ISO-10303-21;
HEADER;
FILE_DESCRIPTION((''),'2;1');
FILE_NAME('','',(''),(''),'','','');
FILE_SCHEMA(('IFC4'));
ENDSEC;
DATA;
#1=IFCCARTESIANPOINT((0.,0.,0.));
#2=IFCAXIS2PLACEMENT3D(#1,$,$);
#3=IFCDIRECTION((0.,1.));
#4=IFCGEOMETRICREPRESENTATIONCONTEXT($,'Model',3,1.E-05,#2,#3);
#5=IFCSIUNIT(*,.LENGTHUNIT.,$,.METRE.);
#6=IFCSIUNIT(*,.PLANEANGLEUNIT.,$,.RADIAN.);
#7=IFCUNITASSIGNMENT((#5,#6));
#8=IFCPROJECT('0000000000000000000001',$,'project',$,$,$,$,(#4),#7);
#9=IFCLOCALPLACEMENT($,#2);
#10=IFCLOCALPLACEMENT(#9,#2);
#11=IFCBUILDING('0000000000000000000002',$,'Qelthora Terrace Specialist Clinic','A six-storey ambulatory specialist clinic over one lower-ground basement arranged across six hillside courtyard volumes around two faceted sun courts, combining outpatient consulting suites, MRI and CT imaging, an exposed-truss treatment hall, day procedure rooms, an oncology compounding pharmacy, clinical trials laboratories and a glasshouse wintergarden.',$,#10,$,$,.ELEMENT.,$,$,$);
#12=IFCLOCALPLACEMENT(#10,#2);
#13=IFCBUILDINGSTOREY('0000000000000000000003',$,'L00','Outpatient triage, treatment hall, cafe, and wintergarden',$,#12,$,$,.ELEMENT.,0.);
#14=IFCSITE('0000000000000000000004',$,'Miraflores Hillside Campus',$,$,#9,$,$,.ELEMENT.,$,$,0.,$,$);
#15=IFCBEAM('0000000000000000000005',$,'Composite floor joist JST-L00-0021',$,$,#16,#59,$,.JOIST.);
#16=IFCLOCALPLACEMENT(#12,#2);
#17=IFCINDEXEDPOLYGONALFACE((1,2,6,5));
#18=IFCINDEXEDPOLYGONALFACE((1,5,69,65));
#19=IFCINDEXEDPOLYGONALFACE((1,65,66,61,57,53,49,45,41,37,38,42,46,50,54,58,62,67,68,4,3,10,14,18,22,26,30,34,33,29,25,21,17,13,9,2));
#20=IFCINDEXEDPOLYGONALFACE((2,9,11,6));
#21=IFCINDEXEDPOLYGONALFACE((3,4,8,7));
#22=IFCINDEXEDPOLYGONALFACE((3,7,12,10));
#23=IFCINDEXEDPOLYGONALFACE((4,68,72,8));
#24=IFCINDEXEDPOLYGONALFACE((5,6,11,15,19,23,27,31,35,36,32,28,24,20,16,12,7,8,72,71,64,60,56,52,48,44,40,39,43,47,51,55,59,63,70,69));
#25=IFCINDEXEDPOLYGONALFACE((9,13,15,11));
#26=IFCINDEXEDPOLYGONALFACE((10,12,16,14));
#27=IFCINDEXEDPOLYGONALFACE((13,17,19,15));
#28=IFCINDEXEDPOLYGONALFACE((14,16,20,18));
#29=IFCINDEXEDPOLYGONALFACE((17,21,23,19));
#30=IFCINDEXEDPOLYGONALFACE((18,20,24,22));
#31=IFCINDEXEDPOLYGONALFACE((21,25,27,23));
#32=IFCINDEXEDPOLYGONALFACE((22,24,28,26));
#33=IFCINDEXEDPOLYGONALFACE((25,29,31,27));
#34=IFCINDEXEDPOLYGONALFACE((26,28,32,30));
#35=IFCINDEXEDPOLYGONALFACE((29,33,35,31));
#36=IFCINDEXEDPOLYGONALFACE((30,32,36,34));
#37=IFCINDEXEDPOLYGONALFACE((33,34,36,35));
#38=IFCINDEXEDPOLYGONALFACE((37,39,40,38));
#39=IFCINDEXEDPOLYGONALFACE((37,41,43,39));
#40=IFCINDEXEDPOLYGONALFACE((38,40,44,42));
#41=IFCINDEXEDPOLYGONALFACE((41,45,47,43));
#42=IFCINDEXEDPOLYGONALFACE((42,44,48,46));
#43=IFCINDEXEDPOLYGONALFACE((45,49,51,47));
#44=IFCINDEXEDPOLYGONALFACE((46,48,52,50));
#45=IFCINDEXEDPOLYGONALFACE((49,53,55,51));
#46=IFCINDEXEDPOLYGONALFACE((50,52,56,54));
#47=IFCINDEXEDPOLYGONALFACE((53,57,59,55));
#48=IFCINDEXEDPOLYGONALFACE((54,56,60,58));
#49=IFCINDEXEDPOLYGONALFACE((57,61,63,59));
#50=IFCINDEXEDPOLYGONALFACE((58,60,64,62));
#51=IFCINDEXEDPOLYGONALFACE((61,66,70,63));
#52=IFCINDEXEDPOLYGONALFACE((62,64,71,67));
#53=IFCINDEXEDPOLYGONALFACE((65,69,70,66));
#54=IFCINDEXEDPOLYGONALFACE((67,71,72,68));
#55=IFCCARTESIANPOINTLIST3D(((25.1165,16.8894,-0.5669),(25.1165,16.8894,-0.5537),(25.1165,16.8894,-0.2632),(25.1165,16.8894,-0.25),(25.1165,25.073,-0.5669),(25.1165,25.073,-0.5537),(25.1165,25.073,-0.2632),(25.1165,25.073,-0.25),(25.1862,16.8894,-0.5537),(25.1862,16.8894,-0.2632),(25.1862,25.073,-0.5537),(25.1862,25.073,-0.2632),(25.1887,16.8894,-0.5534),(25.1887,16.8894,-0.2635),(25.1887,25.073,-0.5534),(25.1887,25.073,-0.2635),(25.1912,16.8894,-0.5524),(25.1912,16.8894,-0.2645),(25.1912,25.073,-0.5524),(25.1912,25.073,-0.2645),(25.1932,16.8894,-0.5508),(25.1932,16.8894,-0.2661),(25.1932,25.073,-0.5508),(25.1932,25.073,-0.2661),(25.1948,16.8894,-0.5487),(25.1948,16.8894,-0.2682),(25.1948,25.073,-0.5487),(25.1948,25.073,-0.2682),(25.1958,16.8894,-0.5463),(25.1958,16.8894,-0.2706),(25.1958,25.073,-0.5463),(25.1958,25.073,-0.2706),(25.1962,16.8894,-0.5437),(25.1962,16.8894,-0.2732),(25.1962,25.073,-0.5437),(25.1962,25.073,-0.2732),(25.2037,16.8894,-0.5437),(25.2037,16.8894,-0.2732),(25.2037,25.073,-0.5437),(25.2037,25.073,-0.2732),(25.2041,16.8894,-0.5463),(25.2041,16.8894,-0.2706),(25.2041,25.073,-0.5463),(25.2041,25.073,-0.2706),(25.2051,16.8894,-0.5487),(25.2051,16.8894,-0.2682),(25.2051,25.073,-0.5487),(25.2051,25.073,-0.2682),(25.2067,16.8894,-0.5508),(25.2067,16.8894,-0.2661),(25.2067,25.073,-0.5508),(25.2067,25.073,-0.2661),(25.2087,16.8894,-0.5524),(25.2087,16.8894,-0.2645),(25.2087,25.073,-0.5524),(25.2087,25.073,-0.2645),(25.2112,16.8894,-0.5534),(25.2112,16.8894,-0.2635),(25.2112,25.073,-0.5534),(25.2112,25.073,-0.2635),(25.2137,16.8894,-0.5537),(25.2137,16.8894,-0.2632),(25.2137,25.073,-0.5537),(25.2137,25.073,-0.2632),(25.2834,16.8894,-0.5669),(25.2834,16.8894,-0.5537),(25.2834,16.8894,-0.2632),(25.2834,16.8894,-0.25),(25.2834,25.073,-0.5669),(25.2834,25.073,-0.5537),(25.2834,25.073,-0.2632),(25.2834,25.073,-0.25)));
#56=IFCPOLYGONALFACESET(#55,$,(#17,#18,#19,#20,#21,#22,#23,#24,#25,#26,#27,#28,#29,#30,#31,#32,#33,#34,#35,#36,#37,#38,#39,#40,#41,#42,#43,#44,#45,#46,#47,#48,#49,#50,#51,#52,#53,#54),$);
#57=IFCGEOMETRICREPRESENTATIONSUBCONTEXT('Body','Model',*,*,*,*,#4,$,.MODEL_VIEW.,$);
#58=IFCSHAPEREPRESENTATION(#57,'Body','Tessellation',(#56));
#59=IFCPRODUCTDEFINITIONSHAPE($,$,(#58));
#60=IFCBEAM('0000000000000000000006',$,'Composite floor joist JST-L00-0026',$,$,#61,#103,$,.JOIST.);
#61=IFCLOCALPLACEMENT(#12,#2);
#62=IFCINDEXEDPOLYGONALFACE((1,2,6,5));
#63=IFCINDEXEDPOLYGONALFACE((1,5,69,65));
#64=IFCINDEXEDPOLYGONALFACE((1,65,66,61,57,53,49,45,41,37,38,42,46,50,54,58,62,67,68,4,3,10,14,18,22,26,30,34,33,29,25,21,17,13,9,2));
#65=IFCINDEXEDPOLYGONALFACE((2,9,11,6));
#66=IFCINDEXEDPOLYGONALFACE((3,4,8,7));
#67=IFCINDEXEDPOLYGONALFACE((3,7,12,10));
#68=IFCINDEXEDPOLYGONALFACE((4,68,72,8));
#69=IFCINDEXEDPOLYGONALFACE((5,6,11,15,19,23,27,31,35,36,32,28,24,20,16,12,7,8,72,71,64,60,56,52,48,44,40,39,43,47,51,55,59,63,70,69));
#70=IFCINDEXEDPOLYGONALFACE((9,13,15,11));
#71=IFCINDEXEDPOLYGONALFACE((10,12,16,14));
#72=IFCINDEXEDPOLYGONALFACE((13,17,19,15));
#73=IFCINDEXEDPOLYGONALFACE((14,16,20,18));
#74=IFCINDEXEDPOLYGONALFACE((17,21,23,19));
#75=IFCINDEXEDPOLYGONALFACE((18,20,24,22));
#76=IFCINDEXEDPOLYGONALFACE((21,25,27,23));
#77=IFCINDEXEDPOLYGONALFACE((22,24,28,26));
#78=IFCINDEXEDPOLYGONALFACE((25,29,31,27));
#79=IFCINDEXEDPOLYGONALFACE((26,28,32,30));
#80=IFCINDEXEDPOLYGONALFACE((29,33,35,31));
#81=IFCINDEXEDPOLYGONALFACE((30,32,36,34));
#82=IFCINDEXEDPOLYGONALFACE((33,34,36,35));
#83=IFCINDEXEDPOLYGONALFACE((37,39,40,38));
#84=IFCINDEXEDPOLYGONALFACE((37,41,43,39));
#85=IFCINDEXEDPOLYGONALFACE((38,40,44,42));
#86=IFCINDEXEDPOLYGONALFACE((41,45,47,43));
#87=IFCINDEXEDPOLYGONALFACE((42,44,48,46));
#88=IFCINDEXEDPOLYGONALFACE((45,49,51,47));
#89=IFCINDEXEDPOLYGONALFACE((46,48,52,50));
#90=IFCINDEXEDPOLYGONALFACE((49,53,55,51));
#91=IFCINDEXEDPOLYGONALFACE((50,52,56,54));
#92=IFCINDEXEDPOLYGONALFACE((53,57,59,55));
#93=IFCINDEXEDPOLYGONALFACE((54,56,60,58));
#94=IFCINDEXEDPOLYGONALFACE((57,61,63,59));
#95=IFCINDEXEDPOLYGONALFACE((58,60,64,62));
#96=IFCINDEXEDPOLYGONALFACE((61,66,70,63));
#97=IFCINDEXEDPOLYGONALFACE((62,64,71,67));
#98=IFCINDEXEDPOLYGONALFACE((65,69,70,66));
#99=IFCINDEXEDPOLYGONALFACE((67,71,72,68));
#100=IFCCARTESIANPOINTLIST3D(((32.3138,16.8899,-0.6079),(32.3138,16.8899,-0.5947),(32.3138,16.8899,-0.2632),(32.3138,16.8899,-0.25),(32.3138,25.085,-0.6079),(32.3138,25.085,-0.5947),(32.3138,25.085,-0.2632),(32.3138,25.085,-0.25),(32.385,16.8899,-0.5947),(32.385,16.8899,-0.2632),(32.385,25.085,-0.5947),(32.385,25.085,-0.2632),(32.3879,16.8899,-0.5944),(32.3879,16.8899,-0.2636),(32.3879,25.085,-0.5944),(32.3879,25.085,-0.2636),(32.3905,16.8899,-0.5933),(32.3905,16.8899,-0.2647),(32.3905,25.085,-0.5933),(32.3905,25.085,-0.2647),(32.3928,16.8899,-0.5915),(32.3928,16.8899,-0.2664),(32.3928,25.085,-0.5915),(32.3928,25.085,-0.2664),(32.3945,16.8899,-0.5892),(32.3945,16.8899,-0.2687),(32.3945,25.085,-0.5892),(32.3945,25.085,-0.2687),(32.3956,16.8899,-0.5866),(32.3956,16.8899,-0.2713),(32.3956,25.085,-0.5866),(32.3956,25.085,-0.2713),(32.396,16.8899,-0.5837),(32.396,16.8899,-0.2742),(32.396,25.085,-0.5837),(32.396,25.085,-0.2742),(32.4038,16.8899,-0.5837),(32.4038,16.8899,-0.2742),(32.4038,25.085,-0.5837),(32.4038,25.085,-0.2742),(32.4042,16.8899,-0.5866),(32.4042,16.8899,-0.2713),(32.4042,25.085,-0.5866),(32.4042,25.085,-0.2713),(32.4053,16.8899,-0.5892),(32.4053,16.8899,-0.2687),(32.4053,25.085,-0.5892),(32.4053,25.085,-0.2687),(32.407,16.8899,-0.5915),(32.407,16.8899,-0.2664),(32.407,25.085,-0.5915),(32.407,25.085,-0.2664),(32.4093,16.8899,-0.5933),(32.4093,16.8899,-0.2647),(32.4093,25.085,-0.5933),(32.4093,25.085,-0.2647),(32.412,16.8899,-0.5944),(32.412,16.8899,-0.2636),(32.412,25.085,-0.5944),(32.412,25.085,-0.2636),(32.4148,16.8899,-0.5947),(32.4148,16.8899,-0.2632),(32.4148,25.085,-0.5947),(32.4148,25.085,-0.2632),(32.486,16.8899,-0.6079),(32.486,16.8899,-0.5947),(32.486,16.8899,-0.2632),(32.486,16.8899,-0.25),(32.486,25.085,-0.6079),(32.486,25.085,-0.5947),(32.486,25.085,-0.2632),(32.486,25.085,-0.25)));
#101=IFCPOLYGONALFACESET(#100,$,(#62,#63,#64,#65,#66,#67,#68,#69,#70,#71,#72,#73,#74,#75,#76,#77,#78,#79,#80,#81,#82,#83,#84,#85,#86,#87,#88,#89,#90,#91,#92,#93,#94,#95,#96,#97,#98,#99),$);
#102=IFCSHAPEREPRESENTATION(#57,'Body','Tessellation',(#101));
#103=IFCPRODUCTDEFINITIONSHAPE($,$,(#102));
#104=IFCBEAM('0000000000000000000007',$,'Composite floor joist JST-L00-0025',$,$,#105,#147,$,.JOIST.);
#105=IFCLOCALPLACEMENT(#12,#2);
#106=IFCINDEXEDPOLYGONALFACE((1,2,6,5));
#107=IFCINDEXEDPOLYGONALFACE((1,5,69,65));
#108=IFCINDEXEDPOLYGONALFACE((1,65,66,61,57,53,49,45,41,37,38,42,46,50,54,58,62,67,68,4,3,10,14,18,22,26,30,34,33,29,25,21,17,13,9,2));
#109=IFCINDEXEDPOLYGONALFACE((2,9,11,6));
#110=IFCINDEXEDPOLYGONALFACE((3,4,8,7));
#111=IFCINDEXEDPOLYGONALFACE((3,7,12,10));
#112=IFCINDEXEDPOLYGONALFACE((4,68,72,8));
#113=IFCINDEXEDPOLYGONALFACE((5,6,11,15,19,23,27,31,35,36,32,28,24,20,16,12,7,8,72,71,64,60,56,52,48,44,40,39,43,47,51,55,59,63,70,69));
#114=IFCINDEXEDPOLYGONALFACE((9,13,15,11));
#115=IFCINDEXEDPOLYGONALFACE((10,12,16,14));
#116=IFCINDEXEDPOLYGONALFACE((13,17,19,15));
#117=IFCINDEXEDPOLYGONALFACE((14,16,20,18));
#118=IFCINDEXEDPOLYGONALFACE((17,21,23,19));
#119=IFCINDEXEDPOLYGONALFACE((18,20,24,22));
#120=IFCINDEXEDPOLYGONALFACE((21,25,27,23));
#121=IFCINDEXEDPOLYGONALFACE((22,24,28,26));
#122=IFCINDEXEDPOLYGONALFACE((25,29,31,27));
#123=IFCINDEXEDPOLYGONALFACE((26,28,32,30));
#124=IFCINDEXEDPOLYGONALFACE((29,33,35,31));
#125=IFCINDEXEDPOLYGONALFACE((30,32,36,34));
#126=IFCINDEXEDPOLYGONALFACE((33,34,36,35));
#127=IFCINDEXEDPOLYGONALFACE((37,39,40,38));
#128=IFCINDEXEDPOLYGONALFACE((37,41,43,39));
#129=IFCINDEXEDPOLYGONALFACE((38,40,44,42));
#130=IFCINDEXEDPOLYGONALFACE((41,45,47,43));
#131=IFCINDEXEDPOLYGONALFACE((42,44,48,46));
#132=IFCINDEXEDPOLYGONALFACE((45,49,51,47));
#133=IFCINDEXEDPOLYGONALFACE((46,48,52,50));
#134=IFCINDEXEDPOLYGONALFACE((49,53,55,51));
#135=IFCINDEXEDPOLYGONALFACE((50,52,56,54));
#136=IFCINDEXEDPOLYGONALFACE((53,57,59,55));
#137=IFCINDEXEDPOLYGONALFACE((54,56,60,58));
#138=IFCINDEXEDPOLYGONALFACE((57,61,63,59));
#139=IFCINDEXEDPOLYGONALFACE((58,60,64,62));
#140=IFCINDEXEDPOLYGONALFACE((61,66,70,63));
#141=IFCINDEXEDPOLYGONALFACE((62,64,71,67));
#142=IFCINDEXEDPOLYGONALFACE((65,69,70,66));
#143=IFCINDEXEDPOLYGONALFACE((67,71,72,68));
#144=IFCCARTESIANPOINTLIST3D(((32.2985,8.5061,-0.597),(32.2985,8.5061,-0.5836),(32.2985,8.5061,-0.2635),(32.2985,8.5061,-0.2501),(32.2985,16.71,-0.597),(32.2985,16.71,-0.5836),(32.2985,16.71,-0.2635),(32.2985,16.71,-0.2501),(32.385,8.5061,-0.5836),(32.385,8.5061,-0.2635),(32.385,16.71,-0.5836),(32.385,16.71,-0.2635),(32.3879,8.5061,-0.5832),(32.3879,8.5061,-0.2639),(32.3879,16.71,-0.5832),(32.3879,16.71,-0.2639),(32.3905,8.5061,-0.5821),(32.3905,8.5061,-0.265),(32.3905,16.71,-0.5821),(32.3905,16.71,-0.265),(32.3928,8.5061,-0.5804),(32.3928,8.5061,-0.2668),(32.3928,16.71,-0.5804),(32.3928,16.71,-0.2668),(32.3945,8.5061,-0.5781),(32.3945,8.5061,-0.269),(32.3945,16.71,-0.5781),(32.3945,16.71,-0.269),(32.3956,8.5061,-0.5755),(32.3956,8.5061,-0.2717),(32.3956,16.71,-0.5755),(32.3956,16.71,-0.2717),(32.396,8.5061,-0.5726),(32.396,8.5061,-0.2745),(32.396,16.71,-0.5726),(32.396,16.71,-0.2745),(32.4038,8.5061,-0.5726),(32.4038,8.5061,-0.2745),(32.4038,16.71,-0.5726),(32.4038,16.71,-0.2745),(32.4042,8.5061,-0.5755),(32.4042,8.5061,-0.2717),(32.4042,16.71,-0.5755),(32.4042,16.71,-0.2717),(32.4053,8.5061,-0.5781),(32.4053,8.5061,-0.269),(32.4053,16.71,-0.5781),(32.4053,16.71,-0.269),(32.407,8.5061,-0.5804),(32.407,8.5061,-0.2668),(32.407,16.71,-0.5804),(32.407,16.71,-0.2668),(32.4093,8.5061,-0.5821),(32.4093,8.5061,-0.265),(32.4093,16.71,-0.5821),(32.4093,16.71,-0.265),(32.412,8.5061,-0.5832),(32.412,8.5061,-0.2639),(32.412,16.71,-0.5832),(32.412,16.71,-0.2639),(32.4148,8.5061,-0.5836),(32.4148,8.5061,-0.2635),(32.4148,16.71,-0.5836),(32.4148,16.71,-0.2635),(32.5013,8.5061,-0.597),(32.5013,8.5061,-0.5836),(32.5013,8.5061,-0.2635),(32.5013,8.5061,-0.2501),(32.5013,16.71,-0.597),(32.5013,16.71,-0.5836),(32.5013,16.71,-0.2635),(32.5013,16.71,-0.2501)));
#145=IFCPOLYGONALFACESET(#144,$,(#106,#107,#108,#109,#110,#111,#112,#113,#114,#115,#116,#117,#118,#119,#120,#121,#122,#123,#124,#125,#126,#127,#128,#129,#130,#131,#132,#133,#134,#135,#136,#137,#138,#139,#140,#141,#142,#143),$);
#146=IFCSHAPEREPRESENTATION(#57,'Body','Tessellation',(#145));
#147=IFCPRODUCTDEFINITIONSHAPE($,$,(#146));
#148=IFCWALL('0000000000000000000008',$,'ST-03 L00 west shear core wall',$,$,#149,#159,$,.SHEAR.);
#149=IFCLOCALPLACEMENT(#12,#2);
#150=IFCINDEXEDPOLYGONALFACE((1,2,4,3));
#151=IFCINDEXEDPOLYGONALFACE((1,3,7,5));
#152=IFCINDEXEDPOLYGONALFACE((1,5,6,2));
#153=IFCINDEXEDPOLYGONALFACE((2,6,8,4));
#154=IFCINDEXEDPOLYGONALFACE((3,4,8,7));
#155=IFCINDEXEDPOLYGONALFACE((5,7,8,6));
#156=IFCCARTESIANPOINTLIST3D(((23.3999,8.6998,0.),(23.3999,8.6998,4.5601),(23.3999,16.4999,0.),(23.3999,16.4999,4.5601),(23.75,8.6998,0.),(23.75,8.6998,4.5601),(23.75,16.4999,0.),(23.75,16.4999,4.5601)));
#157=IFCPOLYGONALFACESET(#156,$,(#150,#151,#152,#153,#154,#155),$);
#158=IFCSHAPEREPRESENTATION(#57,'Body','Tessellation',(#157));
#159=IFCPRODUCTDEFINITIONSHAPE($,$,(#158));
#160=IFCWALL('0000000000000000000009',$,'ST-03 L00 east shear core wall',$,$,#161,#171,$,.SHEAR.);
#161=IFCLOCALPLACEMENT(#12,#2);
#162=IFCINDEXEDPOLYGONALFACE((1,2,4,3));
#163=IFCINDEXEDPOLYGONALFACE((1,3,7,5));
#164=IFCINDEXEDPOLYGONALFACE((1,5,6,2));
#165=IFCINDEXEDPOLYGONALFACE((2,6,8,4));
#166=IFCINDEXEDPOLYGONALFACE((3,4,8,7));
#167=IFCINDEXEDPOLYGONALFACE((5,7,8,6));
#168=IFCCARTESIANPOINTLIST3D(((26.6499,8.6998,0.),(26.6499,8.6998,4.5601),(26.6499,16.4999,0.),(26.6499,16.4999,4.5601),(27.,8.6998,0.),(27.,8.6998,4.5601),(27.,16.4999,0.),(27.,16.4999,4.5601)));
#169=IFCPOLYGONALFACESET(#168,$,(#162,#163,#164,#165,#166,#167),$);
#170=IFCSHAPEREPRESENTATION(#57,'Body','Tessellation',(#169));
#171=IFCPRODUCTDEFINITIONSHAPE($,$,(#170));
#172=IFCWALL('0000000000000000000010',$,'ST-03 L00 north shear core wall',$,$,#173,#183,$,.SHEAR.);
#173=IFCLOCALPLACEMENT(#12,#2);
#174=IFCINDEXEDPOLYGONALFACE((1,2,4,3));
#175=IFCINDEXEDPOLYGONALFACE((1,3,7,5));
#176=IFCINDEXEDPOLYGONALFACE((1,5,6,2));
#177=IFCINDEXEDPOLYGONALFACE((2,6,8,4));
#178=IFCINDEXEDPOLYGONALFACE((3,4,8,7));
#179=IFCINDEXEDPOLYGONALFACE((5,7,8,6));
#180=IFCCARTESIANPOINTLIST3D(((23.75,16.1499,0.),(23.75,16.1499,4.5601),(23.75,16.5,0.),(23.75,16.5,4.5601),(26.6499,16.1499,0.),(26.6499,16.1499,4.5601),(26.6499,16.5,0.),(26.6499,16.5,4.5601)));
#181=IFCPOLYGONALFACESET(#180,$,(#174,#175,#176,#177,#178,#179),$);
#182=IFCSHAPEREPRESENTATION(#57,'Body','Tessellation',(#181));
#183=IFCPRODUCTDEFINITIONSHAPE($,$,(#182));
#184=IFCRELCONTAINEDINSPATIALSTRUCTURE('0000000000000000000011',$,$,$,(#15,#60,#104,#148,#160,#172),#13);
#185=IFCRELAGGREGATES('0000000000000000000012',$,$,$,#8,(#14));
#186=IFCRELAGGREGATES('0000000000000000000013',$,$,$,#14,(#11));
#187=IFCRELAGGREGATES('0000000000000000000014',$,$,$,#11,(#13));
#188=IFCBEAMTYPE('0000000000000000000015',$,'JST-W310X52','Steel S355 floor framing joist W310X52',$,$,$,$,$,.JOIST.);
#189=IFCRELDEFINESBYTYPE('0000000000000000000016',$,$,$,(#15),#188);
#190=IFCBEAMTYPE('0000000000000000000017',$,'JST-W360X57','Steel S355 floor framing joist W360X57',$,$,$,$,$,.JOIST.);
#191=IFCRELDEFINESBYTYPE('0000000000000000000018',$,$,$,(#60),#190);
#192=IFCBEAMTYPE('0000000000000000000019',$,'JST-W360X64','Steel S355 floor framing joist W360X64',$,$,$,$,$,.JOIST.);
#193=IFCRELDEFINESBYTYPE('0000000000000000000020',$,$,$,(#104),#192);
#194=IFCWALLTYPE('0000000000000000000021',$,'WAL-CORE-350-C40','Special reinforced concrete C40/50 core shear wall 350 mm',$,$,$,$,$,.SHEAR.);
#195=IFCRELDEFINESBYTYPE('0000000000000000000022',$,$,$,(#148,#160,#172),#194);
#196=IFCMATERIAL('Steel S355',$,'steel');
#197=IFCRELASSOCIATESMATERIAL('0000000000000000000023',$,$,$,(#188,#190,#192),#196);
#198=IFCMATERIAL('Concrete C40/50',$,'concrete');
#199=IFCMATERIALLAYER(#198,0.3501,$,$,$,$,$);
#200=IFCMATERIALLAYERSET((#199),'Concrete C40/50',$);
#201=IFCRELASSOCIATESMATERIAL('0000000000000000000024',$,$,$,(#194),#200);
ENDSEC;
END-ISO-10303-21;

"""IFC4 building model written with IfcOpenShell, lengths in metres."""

from ifc_helpers import new_model, si_unit, direction, frame, frame_2d, origin, origin_2d, place, context, subcontext, project, spatial, rectangle, i_section, extrude, material, layer, layer_set, material_profile, profile_set, type_object, element, save


model = new_model("IFC4")

# Units and contexts
model_context = context("Model", 3, precision=1e-05, world=origin(), true_north=direction((0.0, 1.0)))
body_context = subcontext(model_context, "Body", "Model", "MODEL_VIEW")
ifc_project = project(units=[si_unit("LENGTHUNIT", "METRE"), si_unit("PLANEANGLEUNIT", "RADIAN")], contexts=[model_context])

# Site, building, storey
site_placement = place(None, origin())
site = spatial("IfcSite", under=ifc_project, at=site_placement, Name="Miraflores Hillside Campus", CompositionType="ELEMENT", RefElevation=0.0)
building_placement = place(site_placement, origin())
building = spatial("IfcBuilding", under=site, at=building_placement, Name="Qelthora Terrace Specialist Clinic", Description="A six-storey ambulatory specialist clinic over one lower-ground basement arranged across six hillside courtyard volumes around two faceted sun courts, combining outpatient consulting suites, MRI and CT imaging, an exposed-truss treatment hall, day procedure rooms, an oncology compounding pharmacy, clinical trials laboratories and a glasshouse wintergarden.", CompositionType="ELEMENT")
storey_placement = place(building_placement, origin())
storey = spatial("IfcBuildingStorey", under=building, at=storey_placement, Name="L00", Description="Outpatient triage, treatment hall, cafe, and wintergarden", CompositionType="ELEMENT", Elevation=0.0)

# Shared definitions
ifc_material_1 = material(Name="Steel S355", Category="steel")

# Beams
ifc_material_profile_1 = material_profile(ifc_material_1, i_section(OverallWidth=0.167, OverallDepth=0.3169, WebThickness=0.0076, FlangeThickness=0.0132, FilletRadius=0.01, at=origin_2d()), Name="W310X52")
ifc_profile_set_1 = profile_set([ifc_material_profile_1], Name="Steel S355")
beam_type_1 = type_object("IfcBeamType", Name="JST-W310X52", Description="Steel S355 floor framing joist W310X52", PredefinedType="JOIST", material=ifc_profile_set_1)
beam_1_placement = place(storey_placement, frame((25.2, 16.8894, -0.4084), z_axis=(0.0, 1.0, 0.0), x_axis=(-1.0, 0.0, 0.0)))
element("IfcBeam", 1, at=beam_1_placement, inside=storey, type_object=beam_type_1, Name="Composite floor joist JST-L00-0021", PredefinedType="JOIST", context=body_context, shape_type="SweptSolid", body=[
    extrude(i_section(OverallWidth=0.167, OverallDepth=0.3169, WebThickness=0.0076, FlangeThickness=0.0132, FilletRadius=0.01, at=origin_2d()), origin(), (0.0, 0.0, 1.0), 8.1836),
])
ifc_material_profile_2 = material_profile(ifc_material_1, i_section(OverallWidth=0.1721, OverallDepth=0.3579, WebThickness=0.0078, FlangeThickness=0.0132, FilletRadius=0.011, at=origin_2d()), Name="W360X57")
ifc_profile_set_2 = profile_set([ifc_material_profile_2], Name="Steel S355")
beam_type_2 = type_object("IfcBeamType", Name="JST-W360X57", Description="Steel S355 floor framing joist W360X57", PredefinedType="JOIST", material=ifc_profile_set_2)
beam_2_placement = place(storey_placement, frame((32.3999, 16.8899, -0.429), z_axis=(0.0, 1.0, 0.0), x_axis=(-1.0, 0.0, 0.0)))
element("IfcBeam", 2, at=beam_2_placement, inside=storey, type_object=beam_type_2, Name="Composite floor joist JST-L00-0026", PredefinedType="JOIST", context=body_context, shape_type="SweptSolid", body=[
    extrude(i_section(OverallWidth=0.1721, OverallDepth=0.3579, WebThickness=0.0078, FlangeThickness=0.0132, FilletRadius=0.011, at=origin_2d()), origin(), (0.0, 0.0, 1.0), 8.1951),
])
ifc_material_profile_3 = material_profile(ifc_material_1, i_section(OverallWidth=0.2029, OverallDepth=0.3469, WebThickness=0.0078, FlangeThickness=0.0134, FilletRadius=0.011, at=origin_2d()), Name="W360X64")
ifc_profile_set_3 = profile_set([ifc_material_profile_3], Name="Steel S355")
beam_type_3 = type_object("IfcBeamType", Name="JST-W360X64", Description="Steel S355 floor framing joist W360X64", PredefinedType="JOIST", material=ifc_profile_set_3)
beam_3_placement = place(storey_placement, frame((32.3999, 8.5061, -0.4236), z_axis=(0.0, 1.0, 0.0), x_axis=(-1.0, 0.0, 0.0)))
element("IfcBeam", 3, at=beam_3_placement, inside=storey, type_object=beam_type_3, Name="Composite floor joist JST-L00-0025", PredefinedType="JOIST", context=body_context, shape_type="SweptSolid", body=[
    extrude(i_section(OverallWidth=0.2029, OverallDepth=0.3469, WebThickness=0.0078, FlangeThickness=0.0134, FilletRadius=0.011, at=origin_2d()), origin(), (0.0, 0.0, 1.0), 8.2039),
])

# Walls
ifc_material_2 = material(Name="Concrete C40/50", Category="concrete")
ifc_layer_1 = layer(ifc_material_2, 0.3501)
ifc_layer_set_1 = layer_set([ifc_layer_1], Name="Concrete C40/50")
wall_type_1 = type_object("IfcWallType", Name="WAL-CORE-350-C40", Description="Special reinforced concrete C40/50 core shear wall 350 mm", PredefinedType="SHEAR", material=ifc_layer_set_1)
for number, where, z_axis, x_axis, name in (
    (4, (23.575, 8.7, 0.0), (0.0, 0.0, 1.0), (0.0, 1.0, 0.0), "ST-03 L00 west shear core wall"),
    (5, (26.825, 8.7, 0.0), (0.0, 0.0, 1.0), (0.0, 1.0, 0.0), "ST-03 L00 east shear core wall"),
):
    element("IfcWall", number, at=place(storey_placement, frame(where, z_axis=z_axis, x_axis=x_axis)), inside=storey, type_object=wall_type_1, Name=name, PredefinedType="SHEAR", context=body_context, shape_type="SweptSolid", body=[
        extrude(rectangle(XDim=7.8, YDim=0.3501, at=frame_2d((3.8999, 0.0))), origin(), (0.0, 0.0, 1.0), 4.5601),
    ])
wall_1_placement = place(storey_placement, frame((23.75, 16.325, 0.0), z_axis=(0.0, 0.0, 1.0), x_axis=(1.0, 0.0, 0.0)))
element("IfcWall", 6, at=wall_1_placement, inside=storey, type_object=wall_type_1, Name="ST-03 L00 north shear core wall", PredefinedType="SHEAR", context=body_context, shape_type="SweptSolid", body=[
    extrude(rectangle(XDim=2.8999, YDim=0.3501, at=frame_2d((1.45, 0.0))), origin(), (0.0, 0.0, 1.0), 4.5601),
])

save(model, "model.ifc")
